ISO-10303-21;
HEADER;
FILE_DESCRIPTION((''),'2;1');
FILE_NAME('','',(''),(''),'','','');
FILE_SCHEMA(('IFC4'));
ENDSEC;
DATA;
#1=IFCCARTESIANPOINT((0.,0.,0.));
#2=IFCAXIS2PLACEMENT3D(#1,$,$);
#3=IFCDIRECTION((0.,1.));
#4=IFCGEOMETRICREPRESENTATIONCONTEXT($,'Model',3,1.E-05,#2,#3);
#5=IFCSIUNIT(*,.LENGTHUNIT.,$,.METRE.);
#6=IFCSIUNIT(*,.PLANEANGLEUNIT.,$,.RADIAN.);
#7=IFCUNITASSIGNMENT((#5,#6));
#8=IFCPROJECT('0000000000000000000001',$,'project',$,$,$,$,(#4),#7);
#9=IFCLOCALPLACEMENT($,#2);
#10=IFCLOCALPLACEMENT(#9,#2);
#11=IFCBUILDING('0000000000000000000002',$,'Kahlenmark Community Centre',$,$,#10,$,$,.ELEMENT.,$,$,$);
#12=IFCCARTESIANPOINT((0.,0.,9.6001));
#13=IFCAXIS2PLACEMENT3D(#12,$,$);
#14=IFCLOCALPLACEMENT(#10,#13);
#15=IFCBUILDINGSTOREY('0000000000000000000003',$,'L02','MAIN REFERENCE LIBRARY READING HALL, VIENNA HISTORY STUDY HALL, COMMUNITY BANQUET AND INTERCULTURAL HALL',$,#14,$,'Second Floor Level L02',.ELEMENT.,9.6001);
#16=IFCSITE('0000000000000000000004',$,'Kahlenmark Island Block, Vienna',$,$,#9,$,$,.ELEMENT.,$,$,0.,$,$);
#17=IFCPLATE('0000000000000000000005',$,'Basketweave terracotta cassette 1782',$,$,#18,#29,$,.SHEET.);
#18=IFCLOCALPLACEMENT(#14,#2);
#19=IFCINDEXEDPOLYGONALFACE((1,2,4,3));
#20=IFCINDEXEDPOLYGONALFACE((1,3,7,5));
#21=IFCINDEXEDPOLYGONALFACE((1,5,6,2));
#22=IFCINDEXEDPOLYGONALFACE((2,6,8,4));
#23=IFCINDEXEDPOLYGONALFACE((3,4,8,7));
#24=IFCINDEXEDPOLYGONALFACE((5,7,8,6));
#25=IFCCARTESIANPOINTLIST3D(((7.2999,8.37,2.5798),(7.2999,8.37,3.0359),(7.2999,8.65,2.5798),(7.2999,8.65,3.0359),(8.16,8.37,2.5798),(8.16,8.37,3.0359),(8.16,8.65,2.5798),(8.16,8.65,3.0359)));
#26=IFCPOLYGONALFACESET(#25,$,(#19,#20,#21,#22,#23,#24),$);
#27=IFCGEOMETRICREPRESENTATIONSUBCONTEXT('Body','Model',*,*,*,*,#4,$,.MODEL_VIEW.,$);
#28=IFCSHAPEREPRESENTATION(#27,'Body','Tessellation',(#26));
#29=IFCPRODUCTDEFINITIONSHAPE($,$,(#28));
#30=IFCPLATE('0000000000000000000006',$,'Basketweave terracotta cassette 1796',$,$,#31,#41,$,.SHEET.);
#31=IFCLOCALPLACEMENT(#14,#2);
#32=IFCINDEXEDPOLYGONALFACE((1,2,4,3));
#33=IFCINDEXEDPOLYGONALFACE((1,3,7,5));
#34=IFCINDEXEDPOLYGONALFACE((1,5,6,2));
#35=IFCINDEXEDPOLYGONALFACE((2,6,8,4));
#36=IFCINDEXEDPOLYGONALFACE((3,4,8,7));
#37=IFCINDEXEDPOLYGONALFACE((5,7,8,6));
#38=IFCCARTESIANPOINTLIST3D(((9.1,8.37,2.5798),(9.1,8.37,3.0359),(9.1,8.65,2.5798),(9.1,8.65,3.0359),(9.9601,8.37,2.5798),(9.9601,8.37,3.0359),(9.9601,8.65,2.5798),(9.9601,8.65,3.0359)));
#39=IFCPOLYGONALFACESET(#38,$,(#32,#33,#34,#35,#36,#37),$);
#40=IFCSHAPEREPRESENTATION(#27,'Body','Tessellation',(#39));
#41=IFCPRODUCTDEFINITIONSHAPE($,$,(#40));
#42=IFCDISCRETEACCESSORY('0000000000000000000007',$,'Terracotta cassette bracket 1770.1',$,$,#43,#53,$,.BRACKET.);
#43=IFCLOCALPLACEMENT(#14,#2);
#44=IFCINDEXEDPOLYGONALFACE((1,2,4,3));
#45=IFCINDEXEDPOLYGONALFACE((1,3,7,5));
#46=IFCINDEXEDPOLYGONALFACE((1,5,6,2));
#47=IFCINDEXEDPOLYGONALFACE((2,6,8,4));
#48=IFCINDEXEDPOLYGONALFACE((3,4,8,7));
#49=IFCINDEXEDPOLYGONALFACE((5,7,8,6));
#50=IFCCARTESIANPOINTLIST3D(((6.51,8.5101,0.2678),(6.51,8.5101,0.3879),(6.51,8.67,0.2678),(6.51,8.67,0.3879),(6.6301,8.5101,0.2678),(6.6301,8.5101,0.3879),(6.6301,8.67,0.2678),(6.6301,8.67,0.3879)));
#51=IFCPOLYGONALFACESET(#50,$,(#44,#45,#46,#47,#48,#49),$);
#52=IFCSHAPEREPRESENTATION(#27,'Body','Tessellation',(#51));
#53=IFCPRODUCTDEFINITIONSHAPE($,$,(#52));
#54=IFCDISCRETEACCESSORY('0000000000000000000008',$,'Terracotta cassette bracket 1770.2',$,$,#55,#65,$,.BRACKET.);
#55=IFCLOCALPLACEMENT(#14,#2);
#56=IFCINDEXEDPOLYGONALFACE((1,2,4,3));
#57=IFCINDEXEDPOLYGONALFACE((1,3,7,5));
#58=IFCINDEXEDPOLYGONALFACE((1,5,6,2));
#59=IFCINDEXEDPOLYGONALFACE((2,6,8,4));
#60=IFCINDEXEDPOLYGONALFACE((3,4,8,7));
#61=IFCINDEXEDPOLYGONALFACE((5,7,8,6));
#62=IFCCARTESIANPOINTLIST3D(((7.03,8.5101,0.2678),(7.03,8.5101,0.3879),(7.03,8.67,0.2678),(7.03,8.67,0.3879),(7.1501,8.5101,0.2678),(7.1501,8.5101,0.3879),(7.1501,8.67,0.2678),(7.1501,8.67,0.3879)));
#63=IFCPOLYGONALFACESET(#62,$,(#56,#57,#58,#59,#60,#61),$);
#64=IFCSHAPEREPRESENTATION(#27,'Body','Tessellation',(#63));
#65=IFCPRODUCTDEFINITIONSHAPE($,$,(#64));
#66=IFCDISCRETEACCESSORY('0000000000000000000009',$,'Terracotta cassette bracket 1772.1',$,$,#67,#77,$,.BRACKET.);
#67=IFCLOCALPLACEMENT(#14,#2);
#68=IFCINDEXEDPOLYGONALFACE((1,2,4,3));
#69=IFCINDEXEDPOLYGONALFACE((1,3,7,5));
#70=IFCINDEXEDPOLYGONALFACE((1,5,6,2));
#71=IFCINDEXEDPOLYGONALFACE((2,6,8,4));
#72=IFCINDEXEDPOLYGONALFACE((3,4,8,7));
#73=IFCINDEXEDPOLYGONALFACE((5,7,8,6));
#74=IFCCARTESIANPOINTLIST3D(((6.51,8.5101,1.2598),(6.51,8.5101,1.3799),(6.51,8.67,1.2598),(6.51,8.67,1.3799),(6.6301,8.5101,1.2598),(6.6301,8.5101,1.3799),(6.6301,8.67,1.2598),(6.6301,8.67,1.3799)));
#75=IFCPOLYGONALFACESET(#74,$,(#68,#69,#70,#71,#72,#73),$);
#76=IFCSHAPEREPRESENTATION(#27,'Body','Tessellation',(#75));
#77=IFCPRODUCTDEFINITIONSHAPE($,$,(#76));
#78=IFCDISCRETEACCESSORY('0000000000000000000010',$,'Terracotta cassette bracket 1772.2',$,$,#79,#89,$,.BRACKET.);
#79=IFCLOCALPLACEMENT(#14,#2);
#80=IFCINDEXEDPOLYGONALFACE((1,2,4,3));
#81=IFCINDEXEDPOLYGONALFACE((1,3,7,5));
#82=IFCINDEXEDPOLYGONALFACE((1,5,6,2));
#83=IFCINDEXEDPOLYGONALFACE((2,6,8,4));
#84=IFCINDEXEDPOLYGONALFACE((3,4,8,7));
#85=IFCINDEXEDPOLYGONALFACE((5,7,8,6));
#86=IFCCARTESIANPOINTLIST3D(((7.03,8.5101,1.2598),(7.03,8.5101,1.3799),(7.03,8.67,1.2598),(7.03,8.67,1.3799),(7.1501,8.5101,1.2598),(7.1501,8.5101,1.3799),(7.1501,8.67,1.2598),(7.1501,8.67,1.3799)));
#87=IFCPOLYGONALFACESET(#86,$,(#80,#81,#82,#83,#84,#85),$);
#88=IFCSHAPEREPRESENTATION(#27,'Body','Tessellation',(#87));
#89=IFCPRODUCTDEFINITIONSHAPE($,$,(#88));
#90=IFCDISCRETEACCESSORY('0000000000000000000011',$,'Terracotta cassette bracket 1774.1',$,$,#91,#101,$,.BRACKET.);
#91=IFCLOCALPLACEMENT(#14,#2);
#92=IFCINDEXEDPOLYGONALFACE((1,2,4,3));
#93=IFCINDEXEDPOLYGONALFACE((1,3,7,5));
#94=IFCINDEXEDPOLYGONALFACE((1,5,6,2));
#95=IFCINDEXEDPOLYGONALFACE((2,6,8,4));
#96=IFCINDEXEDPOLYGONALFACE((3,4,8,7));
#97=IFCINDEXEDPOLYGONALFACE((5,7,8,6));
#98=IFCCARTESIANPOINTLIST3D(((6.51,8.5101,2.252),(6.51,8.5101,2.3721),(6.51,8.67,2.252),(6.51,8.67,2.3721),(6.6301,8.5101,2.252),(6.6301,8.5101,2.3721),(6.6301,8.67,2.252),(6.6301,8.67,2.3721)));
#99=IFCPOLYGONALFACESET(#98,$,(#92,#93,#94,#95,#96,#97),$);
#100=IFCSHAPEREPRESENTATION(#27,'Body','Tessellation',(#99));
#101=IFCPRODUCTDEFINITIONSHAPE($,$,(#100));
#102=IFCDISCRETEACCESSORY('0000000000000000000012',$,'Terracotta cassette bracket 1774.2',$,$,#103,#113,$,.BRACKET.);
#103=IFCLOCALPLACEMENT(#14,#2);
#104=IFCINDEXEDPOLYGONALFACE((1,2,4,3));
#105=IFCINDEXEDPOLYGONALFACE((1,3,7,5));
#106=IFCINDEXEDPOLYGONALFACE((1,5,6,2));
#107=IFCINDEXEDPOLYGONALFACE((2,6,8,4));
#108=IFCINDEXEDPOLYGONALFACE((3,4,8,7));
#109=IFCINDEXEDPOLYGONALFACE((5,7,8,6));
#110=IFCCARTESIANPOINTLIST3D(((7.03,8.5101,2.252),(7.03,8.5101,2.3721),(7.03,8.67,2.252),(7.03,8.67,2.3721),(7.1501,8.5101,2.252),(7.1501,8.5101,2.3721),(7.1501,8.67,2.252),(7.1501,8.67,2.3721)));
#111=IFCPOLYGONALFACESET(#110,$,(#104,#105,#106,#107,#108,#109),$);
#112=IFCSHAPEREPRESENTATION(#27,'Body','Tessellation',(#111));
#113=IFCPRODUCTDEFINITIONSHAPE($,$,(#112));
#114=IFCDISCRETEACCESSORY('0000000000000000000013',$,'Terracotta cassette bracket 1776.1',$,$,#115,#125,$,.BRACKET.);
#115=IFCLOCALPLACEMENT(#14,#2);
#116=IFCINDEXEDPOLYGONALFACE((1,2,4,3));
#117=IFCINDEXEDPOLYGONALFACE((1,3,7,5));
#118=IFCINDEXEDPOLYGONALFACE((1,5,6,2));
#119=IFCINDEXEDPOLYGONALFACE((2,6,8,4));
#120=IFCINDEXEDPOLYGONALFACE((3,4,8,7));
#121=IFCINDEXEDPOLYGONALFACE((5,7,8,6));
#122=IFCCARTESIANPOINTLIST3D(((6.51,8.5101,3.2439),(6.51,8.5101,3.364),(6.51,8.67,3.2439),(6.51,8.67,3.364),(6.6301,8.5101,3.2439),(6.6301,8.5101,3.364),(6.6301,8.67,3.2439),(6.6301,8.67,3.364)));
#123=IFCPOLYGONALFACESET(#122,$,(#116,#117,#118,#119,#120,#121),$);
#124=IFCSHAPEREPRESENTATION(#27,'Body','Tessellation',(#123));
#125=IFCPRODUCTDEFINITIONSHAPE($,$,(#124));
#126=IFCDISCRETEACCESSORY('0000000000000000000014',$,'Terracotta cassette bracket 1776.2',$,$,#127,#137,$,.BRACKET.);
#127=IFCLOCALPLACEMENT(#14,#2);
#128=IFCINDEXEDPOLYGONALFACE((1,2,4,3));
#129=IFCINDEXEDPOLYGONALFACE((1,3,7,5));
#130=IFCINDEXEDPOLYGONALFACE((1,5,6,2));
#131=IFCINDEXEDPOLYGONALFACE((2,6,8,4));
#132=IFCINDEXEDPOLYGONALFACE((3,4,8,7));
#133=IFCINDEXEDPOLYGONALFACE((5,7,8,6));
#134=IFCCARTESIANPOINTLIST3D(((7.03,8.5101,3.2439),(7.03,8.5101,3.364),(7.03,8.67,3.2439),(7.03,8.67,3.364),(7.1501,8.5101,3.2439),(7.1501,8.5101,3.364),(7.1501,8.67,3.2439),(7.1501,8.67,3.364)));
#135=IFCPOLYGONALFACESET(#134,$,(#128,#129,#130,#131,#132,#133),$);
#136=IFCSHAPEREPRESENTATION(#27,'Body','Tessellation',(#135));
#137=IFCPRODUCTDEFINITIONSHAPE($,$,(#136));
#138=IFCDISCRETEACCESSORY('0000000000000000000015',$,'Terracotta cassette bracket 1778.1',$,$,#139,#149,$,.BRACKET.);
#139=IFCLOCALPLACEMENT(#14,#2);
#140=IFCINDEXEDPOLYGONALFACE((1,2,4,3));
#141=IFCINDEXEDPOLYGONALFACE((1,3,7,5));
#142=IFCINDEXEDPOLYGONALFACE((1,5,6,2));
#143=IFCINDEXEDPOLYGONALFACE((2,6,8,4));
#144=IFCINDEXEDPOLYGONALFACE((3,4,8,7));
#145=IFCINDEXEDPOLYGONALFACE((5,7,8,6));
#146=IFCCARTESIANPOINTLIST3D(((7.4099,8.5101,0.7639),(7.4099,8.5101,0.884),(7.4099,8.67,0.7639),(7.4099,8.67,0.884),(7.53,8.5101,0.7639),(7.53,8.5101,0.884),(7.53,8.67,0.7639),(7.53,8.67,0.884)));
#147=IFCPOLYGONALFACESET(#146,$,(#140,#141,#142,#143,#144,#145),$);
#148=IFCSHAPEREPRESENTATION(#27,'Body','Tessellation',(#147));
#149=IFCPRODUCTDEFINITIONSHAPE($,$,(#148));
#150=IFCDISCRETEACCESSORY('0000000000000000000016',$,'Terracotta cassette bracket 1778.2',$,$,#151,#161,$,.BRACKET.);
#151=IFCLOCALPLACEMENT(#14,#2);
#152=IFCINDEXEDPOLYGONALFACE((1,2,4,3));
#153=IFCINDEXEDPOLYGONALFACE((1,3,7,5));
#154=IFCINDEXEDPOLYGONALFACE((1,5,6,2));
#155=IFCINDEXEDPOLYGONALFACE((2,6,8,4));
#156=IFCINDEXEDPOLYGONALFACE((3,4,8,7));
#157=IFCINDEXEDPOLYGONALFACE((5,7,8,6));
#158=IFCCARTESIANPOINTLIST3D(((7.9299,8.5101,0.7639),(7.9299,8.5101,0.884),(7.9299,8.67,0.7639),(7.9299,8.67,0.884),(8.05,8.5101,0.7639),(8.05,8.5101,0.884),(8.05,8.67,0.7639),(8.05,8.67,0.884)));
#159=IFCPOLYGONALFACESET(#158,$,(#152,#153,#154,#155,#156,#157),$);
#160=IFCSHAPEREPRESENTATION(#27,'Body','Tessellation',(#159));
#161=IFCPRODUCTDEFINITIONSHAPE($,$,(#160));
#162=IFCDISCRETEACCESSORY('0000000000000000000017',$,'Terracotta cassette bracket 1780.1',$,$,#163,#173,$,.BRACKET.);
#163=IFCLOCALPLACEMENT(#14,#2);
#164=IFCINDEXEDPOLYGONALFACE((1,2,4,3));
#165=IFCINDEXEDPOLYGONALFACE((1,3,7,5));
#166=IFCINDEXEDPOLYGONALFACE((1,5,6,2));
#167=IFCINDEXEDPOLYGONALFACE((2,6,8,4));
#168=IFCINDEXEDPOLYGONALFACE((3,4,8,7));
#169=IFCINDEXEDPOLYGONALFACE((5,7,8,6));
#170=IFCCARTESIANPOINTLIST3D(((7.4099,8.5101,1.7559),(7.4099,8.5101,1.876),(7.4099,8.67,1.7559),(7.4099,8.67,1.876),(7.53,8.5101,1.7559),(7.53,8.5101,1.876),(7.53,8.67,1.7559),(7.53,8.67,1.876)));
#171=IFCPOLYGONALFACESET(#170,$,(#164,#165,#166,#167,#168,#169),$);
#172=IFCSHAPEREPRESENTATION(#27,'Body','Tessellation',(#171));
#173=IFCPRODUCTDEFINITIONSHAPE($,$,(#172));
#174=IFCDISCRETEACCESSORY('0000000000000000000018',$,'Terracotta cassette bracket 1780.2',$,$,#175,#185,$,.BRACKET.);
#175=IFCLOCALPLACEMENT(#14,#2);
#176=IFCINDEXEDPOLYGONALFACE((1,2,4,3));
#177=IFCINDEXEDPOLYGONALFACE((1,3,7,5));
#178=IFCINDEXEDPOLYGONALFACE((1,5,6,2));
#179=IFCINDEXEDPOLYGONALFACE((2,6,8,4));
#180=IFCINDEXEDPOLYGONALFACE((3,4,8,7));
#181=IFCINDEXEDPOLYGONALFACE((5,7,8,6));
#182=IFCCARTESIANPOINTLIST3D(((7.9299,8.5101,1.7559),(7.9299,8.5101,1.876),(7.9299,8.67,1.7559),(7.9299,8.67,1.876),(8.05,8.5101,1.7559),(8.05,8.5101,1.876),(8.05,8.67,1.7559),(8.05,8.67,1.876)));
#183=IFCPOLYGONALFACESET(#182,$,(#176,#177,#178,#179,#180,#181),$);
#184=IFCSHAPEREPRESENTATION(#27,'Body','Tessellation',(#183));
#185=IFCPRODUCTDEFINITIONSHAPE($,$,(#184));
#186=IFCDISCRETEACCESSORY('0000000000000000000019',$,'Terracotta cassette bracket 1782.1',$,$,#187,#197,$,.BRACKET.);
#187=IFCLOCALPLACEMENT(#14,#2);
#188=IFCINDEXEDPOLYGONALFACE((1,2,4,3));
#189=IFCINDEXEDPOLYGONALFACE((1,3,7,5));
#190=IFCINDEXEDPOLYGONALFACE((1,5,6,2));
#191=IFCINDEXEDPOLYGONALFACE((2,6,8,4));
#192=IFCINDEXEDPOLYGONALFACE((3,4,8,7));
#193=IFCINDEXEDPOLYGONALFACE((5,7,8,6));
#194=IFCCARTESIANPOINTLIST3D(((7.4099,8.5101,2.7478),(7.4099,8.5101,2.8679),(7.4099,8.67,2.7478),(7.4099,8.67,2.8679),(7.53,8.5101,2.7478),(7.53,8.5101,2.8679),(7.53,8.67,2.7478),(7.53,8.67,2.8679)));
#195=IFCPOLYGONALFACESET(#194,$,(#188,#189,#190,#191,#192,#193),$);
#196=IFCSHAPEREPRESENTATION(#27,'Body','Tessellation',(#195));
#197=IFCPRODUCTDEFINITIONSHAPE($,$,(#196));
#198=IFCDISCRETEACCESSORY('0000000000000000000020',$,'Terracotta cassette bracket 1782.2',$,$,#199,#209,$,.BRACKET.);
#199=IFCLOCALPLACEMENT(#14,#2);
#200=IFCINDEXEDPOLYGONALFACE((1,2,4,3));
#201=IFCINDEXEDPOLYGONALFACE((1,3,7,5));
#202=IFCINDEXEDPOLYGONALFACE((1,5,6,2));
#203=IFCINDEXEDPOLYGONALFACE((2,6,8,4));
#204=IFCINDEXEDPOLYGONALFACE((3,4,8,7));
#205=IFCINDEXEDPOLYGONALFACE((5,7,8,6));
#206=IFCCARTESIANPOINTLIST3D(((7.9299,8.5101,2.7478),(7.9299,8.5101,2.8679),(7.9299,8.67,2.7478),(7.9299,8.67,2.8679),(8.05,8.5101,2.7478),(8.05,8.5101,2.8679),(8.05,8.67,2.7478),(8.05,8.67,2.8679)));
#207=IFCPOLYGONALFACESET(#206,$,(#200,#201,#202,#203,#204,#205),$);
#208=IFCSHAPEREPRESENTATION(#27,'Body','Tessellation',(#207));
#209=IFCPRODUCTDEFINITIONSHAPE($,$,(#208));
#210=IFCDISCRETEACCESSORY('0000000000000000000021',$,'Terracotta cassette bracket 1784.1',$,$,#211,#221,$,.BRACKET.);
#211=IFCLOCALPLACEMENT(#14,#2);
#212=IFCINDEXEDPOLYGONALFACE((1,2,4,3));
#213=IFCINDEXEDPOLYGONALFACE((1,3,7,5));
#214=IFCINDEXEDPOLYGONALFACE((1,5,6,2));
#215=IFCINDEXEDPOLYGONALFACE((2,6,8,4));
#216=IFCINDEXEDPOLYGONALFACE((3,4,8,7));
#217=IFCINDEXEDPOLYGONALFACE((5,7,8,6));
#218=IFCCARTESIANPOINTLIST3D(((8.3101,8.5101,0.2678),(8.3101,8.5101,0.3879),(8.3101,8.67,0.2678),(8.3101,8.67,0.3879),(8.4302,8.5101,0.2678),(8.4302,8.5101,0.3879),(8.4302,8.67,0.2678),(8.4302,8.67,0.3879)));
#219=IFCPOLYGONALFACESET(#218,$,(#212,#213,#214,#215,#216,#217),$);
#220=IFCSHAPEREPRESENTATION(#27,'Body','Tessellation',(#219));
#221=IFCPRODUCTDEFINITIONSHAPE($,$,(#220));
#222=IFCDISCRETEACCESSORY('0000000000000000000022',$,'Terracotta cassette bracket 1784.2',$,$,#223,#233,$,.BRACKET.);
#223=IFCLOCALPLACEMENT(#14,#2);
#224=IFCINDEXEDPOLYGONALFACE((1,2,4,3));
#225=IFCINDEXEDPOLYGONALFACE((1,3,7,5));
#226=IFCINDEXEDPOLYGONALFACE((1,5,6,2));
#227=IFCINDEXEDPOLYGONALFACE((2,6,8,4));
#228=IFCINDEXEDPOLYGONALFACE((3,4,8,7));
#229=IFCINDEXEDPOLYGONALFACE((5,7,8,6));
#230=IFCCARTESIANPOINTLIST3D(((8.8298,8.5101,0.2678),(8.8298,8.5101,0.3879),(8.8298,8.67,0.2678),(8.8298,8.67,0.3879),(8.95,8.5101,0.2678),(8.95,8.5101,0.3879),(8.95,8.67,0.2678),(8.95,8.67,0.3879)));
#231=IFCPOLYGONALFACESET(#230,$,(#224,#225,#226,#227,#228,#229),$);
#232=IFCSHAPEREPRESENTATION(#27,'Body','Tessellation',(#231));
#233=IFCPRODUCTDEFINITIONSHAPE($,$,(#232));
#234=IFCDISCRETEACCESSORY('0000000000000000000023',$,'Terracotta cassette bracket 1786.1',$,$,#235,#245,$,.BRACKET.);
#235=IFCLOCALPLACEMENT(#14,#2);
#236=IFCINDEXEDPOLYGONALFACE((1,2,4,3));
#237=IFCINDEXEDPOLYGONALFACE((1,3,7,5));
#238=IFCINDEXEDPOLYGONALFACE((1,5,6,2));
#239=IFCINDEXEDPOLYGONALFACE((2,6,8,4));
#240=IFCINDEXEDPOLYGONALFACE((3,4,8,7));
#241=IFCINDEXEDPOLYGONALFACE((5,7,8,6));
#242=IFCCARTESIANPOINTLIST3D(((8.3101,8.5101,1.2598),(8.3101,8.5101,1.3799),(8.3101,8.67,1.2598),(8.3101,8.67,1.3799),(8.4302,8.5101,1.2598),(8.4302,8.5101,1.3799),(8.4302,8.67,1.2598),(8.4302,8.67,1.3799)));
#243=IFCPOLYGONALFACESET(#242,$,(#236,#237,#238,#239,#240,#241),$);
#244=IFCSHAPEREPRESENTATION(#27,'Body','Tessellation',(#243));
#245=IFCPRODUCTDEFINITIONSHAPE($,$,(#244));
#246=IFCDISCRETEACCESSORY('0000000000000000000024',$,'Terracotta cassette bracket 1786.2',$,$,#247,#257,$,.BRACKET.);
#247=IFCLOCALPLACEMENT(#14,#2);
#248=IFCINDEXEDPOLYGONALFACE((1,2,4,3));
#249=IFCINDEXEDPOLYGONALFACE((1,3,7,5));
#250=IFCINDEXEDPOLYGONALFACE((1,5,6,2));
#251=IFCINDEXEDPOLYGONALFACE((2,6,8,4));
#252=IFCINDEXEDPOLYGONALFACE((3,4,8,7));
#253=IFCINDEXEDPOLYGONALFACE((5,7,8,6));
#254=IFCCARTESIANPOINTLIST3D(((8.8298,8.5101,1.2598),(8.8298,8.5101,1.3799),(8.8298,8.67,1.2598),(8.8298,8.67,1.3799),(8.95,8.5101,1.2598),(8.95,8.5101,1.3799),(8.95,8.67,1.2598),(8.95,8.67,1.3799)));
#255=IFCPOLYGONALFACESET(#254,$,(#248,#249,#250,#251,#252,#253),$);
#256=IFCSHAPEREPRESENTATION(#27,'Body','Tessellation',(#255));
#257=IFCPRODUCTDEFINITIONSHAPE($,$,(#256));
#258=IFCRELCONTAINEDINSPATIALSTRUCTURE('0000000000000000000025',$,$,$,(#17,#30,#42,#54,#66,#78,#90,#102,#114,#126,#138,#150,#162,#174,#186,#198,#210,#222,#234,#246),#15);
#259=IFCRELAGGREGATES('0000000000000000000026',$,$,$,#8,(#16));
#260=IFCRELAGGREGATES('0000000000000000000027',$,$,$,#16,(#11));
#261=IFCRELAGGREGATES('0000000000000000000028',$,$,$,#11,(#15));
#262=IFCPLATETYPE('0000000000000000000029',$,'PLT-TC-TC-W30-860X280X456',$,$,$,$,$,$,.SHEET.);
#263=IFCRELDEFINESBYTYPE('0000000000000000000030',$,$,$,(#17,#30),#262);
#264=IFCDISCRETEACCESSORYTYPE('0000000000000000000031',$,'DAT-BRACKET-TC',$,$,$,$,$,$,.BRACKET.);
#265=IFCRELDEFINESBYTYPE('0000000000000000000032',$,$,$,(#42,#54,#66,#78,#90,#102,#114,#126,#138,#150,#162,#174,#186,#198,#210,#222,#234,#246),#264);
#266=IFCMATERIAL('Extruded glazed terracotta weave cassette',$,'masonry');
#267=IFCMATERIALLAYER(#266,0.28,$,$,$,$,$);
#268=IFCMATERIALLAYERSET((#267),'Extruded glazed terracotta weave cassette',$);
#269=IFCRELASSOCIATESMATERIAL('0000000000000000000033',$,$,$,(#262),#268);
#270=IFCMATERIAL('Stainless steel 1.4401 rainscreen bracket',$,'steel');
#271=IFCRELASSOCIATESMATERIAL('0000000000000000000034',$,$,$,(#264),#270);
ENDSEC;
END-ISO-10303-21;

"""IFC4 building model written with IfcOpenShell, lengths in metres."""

from ifc_helpers import new_model, si_unit, direction, frame, origin, origin_2d, place, context, subcontext, project, spatial, rectangle, extrude, material, layer, layer_set, type_object, element, save


model = new_model("IFC4")

# Units and contexts
model_context = context("Model", 3, precision=1e-05, world=origin(), true_north=direction((0.0, 1.0)))
body_context = subcontext(model_context, "Body", "Model", "MODEL_VIEW")
ifc_project = project(units=[si_unit("LENGTHUNIT", "METRE"), si_unit("PLANEANGLEUNIT", "RADIAN")], contexts=[model_context])

# Site, building, storey
site_placement = place(None, origin())
site = spatial("IfcSite", under=ifc_project, at=site_placement, Name="Kahlenmark Island Block, Vienna", CompositionType="ELEMENT", RefElevation=0.0)
building_placement = place(site_placement, origin())
building = spatial("IfcBuilding", under=site, at=building_placement, Name="Kahlenmark Community Centre", CompositionType="ELEMENT")
storey_placement = place(building_placement, frame((0.0, 0.0, 9.6001)))
storey = spatial("IfcBuildingStorey", under=building, at=storey_placement, Name="L02", Description="MAIN REFERENCE LIBRARY READING HALL, VIENNA HISTORY STUDY HALL, COMMUNITY BANQUET AND INTERCULTURAL HALL", LongName="Second Floor Level L02", CompositionType="ELEMENT", Elevation=9.6001)

# Plates
ifc_material_1 = material(Name="Extruded glazed terracotta weave cassette", Category="masonry")
ifc_layer_1 = layer(ifc_material_1, 0.28)
ifc_layer_set_1 = layer_set([ifc_layer_1], Name="Extruded glazed terracotta weave cassette")
plate_type_1 = type_object("IfcPlateType", Name="PLT-TC-TC-W30-860X280X456", PredefinedType="SHEET", material=ifc_layer_set_1)
for number, where, z_axis, x_axis, name in (
    (1, (7.73, 8.51, 2.5798), (0.0, 0.0, 1.0), (1.0, 0.0, 0.0), "Basketweave terracotta cassette 1782"),
    (2, (9.53, 8.51, 2.5798), (0.0, 0.0, 1.0), (1.0, 0.0, 0.0), "Basketweave terracotta cassette 1796"),
):
    element("IfcPlate", number, at=place(storey_placement, frame(where, z_axis=z_axis, x_axis=x_axis)), inside=storey, type_object=plate_type_1, Name=name, PredefinedType="SHEET", context=body_context, shape_type="SweptSolid", body=[
        extrude(rectangle(XDim=0.8601, YDim=0.28, at=origin_2d()), origin(), (0.0, 0.0, 1.0), 0.4561),
    ])

# Discrete accessories
ifc_material_2 = material(Name="Stainless steel 1.4401 rainscreen bracket", Category="steel")
discrete_accessory_type = type_object("IfcDiscreteAccessoryType", Name="DAT-BRACKET-TC", PredefinedType="BRACKET", material=ifc_material_2)
for number, where, z_axis, x_axis, name in (
    (3, (6.5701, 8.5901, 0.2678), (0.0, 0.0, 1.0), (1.0, 0.0, 0.0), "Terracotta cassette bracket 1770.1"),
    (4, (7.0901, 8.5901, 0.2678), (0.0, 0.0, 1.0), (1.0, 0.0, 0.0), "Terracotta cassette bracket 1770.2"),
    (5, (6.5701, 8.5901, 1.2598), (0.0, 0.0, 1.0), (1.0, 0.0, 0.0), "Terracotta cassette bracket 1772.1"),
    (6, (7.0901, 8.5901, 1.2598), (0.0, 0.0, 1.0), (1.0, 0.0, 0.0), "Terracotta cassette bracket 1772.2"),
    (7, (6.5701, 8.5901, 2.252), (0.0, 0.0, 1.0), (1.0, 0.0, 0.0), "Terracotta cassette bracket 1774.1"),
    (8, (7.0901, 8.5901, 2.252), (0.0, 0.0, 1.0), (1.0, 0.0, 0.0), "Terracotta cassette bracket 1774.2"),
    (9, (6.5701, 8.5901, 3.2439), (0.0, 0.0, 1.0), (1.0, 0.0, 0.0), "Terracotta cassette bracket 1776.1"),
    (10, (7.0901, 8.5901, 3.2439), (0.0, 0.0, 1.0), (1.0, 0.0, 0.0), "Terracotta cassette bracket 1776.2"),
    (11, (7.47, 8.5901, 0.7639), (0.0, 0.0, 1.0), (1.0, 0.0, 0.0), "Terracotta cassette bracket 1778.1"),
    (12, (7.99, 8.5901, 0.7639), (0.0, 0.0, 1.0), (1.0, 0.0, 0.0), "Terracotta cassette bracket 1778.2"),
    (13, (7.47, 8.5901, 1.7559), (0.0, 0.0, 1.0), (1.0, 0.0, 0.0), "Terracotta cassette bracket 1780.1"),
    (14, (7.99, 8.5901, 1.7559), (0.0, 0.0, 1.0), (1.0, 0.0, 0.0), "Terracotta cassette bracket 1780.2"),
    (15, (7.47, 8.5901, 2.7478), (0.0, 0.0, 1.0), (1.0, 0.0, 0.0), "Terracotta cassette bracket 1782.1"),
    (16, (7.99, 8.5901, 2.7478), (0.0, 0.0, 1.0), (1.0, 0.0, 0.0), "Terracotta cassette bracket 1782.2"),
    (17, (8.3701, 8.5901, 0.2678), (0.0, 0.0, 1.0), (1.0, 0.0, 0.0), "Terracotta cassette bracket 1784.1"),
    (18, (8.8899, 8.5901, 0.2678), (0.0, 0.0, 1.0), (1.0, 0.0, 0.0), "Terracotta cassette bracket 1784.2"),
    (19, (8.3701, 8.5901, 1.2598), (0.0, 0.0, 1.0), (1.0, 0.0, 0.0), "Terracotta cassette bracket 1786.1"),
    (20, (8.8899, 8.5901, 1.2598), (0.0, 0.0, 1.0), (1.0, 0.0, 0.0), "Terracotta cassette bracket 1786.2"),
):
    element("IfcDiscreteAccessory", number, at=place(storey_placement, frame(where, z_axis=z_axis, x_axis=x_axis)), inside=storey, type_object=discrete_accessory_type, Name=name, PredefinedType="BRACKET", context=body_context, shape_type="SweptSolid", body=[
        extrude(rectangle(XDim=0.1201, YDim=0.1599, at=origin_2d()), origin(), (0.0, 0.0, 1.0), 0.1201),
    ])

save(model, "model.ifc")
